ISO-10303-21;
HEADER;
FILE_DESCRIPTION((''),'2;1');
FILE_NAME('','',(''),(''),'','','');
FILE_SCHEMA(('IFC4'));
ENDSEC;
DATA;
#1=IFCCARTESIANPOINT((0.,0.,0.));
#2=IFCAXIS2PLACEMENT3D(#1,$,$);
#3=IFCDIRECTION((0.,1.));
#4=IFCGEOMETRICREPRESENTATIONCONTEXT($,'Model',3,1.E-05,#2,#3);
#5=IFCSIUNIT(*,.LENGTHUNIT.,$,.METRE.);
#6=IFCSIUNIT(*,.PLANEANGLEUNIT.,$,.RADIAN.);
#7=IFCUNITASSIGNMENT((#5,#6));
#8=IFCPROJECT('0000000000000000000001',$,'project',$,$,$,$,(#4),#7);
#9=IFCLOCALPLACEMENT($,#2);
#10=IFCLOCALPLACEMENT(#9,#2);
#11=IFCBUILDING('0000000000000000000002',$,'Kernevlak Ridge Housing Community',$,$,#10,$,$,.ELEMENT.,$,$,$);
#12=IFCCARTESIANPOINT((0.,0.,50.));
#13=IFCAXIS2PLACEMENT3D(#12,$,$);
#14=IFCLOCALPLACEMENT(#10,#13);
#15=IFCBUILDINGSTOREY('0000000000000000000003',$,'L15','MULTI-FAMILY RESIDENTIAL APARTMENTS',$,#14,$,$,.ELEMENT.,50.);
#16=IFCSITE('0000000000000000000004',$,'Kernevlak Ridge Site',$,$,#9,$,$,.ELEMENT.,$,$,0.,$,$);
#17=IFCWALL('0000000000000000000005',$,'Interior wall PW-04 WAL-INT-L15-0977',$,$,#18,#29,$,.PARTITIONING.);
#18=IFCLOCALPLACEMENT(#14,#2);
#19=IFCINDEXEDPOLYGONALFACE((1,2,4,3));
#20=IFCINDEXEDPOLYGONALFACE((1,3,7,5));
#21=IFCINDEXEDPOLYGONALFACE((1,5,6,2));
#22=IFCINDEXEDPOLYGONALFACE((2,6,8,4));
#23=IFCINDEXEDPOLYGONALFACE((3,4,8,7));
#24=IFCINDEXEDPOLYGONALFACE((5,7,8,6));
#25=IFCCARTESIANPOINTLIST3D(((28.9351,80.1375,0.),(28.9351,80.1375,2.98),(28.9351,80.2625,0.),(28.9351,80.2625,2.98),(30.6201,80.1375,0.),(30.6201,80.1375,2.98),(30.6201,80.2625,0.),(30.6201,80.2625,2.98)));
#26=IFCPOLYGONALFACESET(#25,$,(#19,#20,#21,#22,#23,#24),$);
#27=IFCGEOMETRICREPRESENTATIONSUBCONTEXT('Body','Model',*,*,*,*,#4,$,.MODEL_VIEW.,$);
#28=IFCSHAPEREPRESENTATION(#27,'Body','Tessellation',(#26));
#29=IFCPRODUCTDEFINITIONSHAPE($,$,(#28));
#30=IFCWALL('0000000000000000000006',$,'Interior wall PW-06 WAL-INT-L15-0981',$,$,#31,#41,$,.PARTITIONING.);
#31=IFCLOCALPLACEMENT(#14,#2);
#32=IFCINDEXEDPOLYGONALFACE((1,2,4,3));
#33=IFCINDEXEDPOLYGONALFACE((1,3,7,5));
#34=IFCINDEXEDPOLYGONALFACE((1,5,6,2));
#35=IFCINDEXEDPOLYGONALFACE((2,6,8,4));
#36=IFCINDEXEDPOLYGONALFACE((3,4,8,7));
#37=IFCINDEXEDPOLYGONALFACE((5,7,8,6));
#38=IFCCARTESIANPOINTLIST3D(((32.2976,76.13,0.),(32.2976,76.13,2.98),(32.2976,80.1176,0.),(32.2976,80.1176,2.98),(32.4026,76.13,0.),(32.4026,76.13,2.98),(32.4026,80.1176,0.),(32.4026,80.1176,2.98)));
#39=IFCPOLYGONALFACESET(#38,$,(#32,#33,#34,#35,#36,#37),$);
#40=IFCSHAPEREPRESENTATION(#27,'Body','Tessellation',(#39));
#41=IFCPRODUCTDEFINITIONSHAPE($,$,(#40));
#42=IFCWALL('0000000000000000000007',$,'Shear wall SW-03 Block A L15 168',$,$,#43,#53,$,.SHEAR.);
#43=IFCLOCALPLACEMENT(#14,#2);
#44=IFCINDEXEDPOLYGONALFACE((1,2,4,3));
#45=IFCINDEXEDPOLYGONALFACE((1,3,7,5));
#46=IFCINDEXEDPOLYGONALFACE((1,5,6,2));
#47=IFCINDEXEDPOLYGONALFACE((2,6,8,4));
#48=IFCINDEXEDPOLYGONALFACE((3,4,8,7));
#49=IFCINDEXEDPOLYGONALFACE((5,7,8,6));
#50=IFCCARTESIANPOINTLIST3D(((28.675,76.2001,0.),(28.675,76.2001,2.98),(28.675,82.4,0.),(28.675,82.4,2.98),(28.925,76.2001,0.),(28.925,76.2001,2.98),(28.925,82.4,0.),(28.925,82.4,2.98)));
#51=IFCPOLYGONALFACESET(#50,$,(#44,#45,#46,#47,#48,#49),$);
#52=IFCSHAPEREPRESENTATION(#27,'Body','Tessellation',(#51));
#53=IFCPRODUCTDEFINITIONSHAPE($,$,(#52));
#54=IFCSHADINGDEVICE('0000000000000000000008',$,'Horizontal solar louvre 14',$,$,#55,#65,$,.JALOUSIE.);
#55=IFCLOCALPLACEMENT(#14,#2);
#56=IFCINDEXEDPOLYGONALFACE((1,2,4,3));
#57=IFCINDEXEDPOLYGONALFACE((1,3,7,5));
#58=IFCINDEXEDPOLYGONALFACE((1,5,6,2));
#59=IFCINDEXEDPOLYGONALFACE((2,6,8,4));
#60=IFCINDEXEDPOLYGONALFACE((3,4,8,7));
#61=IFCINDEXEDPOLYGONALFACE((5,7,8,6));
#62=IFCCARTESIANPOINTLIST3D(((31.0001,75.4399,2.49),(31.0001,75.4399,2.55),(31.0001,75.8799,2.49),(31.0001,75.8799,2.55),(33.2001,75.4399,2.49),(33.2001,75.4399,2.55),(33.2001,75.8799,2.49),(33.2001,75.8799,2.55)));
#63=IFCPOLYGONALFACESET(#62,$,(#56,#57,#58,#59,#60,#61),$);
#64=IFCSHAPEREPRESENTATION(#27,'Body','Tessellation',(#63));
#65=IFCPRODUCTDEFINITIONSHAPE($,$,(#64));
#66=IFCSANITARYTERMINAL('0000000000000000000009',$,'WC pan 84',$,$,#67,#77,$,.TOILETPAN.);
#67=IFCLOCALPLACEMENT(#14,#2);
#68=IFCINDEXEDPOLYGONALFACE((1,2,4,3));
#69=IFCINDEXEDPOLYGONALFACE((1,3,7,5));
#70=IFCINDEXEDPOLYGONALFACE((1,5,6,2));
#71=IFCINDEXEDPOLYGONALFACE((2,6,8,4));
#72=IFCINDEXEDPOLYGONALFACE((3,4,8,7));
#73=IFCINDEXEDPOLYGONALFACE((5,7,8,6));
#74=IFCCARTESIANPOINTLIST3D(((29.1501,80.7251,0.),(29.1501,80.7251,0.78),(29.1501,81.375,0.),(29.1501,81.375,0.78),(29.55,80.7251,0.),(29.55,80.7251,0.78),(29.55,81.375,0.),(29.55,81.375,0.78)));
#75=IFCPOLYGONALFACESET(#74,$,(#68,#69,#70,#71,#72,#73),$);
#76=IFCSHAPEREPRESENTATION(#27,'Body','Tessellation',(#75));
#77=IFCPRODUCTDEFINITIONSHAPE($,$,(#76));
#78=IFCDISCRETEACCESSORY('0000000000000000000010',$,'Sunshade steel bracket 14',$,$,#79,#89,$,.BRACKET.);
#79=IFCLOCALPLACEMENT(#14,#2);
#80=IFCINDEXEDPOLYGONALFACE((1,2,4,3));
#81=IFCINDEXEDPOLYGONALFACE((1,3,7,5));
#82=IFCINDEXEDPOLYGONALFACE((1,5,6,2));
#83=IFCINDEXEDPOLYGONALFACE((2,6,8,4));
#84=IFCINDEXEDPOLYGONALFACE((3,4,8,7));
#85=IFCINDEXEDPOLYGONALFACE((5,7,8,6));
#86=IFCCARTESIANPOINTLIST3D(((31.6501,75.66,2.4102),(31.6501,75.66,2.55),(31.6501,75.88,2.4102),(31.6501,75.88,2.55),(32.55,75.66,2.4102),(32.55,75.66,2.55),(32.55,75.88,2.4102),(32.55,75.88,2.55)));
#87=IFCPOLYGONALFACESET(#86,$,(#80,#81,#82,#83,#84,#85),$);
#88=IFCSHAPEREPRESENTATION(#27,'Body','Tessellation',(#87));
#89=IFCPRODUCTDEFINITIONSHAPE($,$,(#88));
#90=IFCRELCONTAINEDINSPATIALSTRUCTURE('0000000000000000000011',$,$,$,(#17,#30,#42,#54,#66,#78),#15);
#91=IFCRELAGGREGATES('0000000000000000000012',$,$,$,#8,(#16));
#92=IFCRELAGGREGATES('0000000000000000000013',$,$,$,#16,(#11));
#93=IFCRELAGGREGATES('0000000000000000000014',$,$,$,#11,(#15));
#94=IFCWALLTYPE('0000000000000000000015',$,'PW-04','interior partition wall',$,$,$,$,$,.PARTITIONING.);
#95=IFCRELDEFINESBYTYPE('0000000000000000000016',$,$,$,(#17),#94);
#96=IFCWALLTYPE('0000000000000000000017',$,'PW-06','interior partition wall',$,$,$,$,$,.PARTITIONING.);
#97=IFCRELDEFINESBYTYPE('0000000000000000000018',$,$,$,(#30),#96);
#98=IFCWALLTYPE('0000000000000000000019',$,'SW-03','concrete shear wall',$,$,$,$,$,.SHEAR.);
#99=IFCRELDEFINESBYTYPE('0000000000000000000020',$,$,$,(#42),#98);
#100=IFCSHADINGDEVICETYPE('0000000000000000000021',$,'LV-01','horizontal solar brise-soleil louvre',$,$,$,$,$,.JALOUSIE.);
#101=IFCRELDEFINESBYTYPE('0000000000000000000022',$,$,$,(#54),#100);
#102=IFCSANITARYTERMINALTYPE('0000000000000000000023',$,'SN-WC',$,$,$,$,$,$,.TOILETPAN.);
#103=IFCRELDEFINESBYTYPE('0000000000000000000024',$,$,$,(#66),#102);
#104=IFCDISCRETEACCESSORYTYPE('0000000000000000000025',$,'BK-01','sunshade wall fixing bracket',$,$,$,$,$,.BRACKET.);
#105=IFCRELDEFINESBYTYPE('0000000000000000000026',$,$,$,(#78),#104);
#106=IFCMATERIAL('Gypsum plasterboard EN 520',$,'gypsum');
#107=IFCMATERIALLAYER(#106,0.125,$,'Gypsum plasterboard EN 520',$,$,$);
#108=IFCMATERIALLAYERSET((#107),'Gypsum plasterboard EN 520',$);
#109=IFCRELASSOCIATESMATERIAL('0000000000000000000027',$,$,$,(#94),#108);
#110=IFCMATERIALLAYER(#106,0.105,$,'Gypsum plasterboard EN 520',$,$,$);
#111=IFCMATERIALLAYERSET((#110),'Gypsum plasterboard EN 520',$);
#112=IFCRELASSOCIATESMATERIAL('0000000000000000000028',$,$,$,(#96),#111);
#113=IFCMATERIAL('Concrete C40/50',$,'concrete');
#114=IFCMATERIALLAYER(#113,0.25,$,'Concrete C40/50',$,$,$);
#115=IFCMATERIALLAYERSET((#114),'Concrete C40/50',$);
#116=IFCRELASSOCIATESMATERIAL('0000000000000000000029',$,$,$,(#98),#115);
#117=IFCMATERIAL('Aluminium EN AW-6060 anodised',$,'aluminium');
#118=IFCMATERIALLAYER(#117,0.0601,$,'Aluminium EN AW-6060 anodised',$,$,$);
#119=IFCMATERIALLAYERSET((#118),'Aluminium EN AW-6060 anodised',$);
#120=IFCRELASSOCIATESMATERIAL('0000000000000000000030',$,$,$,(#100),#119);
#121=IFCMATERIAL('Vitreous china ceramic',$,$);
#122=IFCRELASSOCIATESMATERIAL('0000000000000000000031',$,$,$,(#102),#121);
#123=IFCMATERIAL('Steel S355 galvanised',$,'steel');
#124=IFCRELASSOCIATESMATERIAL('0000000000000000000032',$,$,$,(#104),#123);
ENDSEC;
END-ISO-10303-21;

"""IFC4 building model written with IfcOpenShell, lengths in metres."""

from ifc_helpers import new_model, si_unit, direction, frame, frame_2d, origin, origin_2d, place, context, subcontext, project, spatial, rectangle, extrude, material, layer, layer_set, type_object, element, save


model = new_model("IFC4")

# Units and contexts
model_context = context("Model", 3, precision=1e-05, world=origin(), true_north=direction((0.0, 1.0)))
body_context = subcontext(model_context, "Body", "Model", "MODEL_VIEW")
ifc_project = project(units=[si_unit("LENGTHUNIT", "METRE"), si_unit("PLANEANGLEUNIT", "RADIAN")], contexts=[model_context])

# Site, building, storey
site_placement = place(None, origin())
site = spatial("IfcSite", under=ifc_project, at=site_placement, Name="Kernevlak Ridge Site", CompositionType="ELEMENT", RefElevation=0.0)
building_placement = place(site_placement, origin())
building = spatial("IfcBuilding", under=site, at=building_placement, Name="Kernevlak Ridge Housing Community", CompositionType="ELEMENT")
storey_placement = place(building_placement, frame((0.0, 0.0, 50.0)))
storey = spatial("IfcBuildingStorey", under=building, at=storey_placement, Name="L15", Description="MULTI-FAMILY RESIDENTIAL APARTMENTS", CompositionType="ELEMENT", Elevation=50.0)

# Walls
ifc_material_1 = material(Name="Gypsum plasterboard EN 520", Category="gypsum")
ifc_layer_1 = layer(ifc_material_1, 0.125, Name="Gypsum plasterboard EN 520")
ifc_layer_set_1 = layer_set([ifc_layer_1], Name="Gypsum plasterboard EN 520")
wall_type_1 = type_object("IfcWallType", Name="PW-04", Description="interior partition wall", PredefinedType="PARTITIONING", material=ifc_layer_set_1)
wall_1_placement = place(storey_placement, frame((28.9351, 80.2, 0.0), z_axis=(0.0, 0.0, 1.0), x_axis=(1.0, 0.0, 0.0)))
element("IfcWall", 1, at=wall_1_placement, inside=storey, type_object=wall_type_1, Name="Interior wall PW-04 WAL-INT-L15-0977", PredefinedType="PARTITIONING", context=body_context, shape_type="SweptSolid", body=[
    extrude(rectangle(XDim=1.6851, YDim=0.125, at=frame_2d((0.8425, 0.0))), origin(), (0.0, 0.0, 1.0), 2.98),
])
ifc_layer_2 = layer(ifc_material_1, 0.105, Name="Gypsum plasterboard EN 520")
ifc_layer_set_2 = layer_set([ifc_layer_2], Name="Gypsum plasterboard EN 520")
wall_type_2 = type_object("IfcWallType", Name="PW-06", Description="interior partition wall", PredefinedType="PARTITIONING", material=ifc_layer_set_2)
wall_2_placement = place(storey_placement, frame((32.3501, 80.1174, 0.0), z_axis=(0.0, 0.0, 1.0), x_axis=(0.0, -1.0, 0.0)))
element("IfcWall", 2, at=wall_2_placement, inside=storey, type_object=wall_type_2, Name="Interior wall PW-06 WAL-INT-L15-0981", PredefinedType="PARTITIONING", context=body_context, shape_type="SweptSolid", body=[
    extrude(rectangle(XDim=3.9875, YDim=0.105, at=frame_2d((1.9937, 0.0))), origin(), (0.0, 0.0, 1.0), 2.98),
])
ifc_material_2 = material(Name="Concrete C40/50", Category="concrete")
ifc_layer_3 = layer(ifc_material_2, 0.25, Name="Concrete C40/50")
ifc_layer_set_3 = layer_set([ifc_layer_3], Name="Concrete C40/50")
wall_type_3 = type_object("IfcWallType", Name="SW-03", Description="concrete shear wall", PredefinedType="SHEAR", material=ifc_layer_set_3)
wall_3_placement = place(storey_placement, frame((28.8, 76.2, 0.0), z_axis=(0.0, 0.0, 1.0), x_axis=(0.0, 1.0, 0.0)))
element("IfcWall", 3, at=wall_3_placement, inside=storey, type_object=wall_type_3, Name="Shear wall SW-03 Block A L15 168", PredefinedType="SHEAR", context=body_context, shape_type="SweptSolid", body=[
    extrude(rectangle(XDim=6.2, YDim=0.25, at=frame_2d((3.1001, 0.0))), origin(), (0.0, 0.0, 1.0), 2.98),
])

# Shading device
ifc_material_3 = material(Name="Aluminium EN AW-6060 anodised", Category="aluminium")
ifc_layer_4 = layer(ifc_material_3, 0.0601, Name="Aluminium EN AW-6060 anodised")
ifc_layer_set_4 = layer_set([ifc_layer_4], Name="Aluminium EN AW-6060 anodised")
shading_device_type = type_object("IfcShadingDeviceType", Name="LV-01", Description="horizontal solar brise-soleil louvre", PredefinedType="JALOUSIE", material=ifc_layer_set_4)
shading_device_placement = place(storey_placement, frame((32.1001, 75.6599, 2.49), z_axis=(0.0, 0.0, 1.0), x_axis=(1.0, 0.0, 0.0)))
element("IfcShadingDevice", 4, at=shading_device_placement, inside=storey, type_object=shading_device_type, Name="Horizontal solar louvre 14", PredefinedType="JALOUSIE", context=body_context, shape_type="SweptSolid", body=[
    extrude(rectangle(XDim=2.2, YDim=0.4399, at=origin_2d()), origin(), (0.0, 0.0, 1.0), 0.0601),
])

# Sanitary terminal
ifc_material_4 = material(Name="Vitreous china ceramic")
sanitary_terminal_type = type_object("IfcSanitaryTerminalType", Name="SN-WC", PredefinedType="TOILETPAN", material=ifc_material_4)
sanitary_terminal_placement = place(storey_placement, frame((29.3501, 81.05, 0.0), z_axis=(0.0, 0.0, 1.0), x_axis=(1.0, 0.0, 0.0)))
element("IfcSanitaryTerminal", 5, at=sanitary_terminal_placement, inside=storey, type_object=sanitary_terminal_type, Name="WC pan 84", PredefinedType="TOILETPAN", context=body_context, shape_type="SweptSolid", body=[
    extrude(rectangle(XDim=0.3999, YDim=0.6499, at=origin_2d()), origin(), (0.0, 0.0, 1.0), 0.78),
])

# Discrete accessory
ifc_material_5 = material(Name="Steel S355 galvanised", Category="steel")
discrete_accessory_type = type_object("IfcDiscreteAccessoryType", Name="BK-01", Description="sunshade wall fixing bracket", PredefinedType="BRACKET", material=ifc_material_5)
discrete_accessory_placement = place(storey_placement, frame((32.1001, 75.77, 2.4102), z_axis=(0.0, 0.0, 1.0), x_axis=(1.0, 0.0, 0.0)))
element("IfcDiscreteAccessory", 6, at=discrete_accessory_placement, inside=storey, type_object=discrete_accessory_type, Name="Sunshade steel bracket 14", PredefinedType="BRACKET", context=body_context, shape_type="SweptSolid", body=[
    extrude(rectangle(XDim=0.8999, YDim=0.22, at=origin_2d()), origin(), (0.0, 0.0, 1.0), 0.1399),
])

save(model, "model.ifc")
